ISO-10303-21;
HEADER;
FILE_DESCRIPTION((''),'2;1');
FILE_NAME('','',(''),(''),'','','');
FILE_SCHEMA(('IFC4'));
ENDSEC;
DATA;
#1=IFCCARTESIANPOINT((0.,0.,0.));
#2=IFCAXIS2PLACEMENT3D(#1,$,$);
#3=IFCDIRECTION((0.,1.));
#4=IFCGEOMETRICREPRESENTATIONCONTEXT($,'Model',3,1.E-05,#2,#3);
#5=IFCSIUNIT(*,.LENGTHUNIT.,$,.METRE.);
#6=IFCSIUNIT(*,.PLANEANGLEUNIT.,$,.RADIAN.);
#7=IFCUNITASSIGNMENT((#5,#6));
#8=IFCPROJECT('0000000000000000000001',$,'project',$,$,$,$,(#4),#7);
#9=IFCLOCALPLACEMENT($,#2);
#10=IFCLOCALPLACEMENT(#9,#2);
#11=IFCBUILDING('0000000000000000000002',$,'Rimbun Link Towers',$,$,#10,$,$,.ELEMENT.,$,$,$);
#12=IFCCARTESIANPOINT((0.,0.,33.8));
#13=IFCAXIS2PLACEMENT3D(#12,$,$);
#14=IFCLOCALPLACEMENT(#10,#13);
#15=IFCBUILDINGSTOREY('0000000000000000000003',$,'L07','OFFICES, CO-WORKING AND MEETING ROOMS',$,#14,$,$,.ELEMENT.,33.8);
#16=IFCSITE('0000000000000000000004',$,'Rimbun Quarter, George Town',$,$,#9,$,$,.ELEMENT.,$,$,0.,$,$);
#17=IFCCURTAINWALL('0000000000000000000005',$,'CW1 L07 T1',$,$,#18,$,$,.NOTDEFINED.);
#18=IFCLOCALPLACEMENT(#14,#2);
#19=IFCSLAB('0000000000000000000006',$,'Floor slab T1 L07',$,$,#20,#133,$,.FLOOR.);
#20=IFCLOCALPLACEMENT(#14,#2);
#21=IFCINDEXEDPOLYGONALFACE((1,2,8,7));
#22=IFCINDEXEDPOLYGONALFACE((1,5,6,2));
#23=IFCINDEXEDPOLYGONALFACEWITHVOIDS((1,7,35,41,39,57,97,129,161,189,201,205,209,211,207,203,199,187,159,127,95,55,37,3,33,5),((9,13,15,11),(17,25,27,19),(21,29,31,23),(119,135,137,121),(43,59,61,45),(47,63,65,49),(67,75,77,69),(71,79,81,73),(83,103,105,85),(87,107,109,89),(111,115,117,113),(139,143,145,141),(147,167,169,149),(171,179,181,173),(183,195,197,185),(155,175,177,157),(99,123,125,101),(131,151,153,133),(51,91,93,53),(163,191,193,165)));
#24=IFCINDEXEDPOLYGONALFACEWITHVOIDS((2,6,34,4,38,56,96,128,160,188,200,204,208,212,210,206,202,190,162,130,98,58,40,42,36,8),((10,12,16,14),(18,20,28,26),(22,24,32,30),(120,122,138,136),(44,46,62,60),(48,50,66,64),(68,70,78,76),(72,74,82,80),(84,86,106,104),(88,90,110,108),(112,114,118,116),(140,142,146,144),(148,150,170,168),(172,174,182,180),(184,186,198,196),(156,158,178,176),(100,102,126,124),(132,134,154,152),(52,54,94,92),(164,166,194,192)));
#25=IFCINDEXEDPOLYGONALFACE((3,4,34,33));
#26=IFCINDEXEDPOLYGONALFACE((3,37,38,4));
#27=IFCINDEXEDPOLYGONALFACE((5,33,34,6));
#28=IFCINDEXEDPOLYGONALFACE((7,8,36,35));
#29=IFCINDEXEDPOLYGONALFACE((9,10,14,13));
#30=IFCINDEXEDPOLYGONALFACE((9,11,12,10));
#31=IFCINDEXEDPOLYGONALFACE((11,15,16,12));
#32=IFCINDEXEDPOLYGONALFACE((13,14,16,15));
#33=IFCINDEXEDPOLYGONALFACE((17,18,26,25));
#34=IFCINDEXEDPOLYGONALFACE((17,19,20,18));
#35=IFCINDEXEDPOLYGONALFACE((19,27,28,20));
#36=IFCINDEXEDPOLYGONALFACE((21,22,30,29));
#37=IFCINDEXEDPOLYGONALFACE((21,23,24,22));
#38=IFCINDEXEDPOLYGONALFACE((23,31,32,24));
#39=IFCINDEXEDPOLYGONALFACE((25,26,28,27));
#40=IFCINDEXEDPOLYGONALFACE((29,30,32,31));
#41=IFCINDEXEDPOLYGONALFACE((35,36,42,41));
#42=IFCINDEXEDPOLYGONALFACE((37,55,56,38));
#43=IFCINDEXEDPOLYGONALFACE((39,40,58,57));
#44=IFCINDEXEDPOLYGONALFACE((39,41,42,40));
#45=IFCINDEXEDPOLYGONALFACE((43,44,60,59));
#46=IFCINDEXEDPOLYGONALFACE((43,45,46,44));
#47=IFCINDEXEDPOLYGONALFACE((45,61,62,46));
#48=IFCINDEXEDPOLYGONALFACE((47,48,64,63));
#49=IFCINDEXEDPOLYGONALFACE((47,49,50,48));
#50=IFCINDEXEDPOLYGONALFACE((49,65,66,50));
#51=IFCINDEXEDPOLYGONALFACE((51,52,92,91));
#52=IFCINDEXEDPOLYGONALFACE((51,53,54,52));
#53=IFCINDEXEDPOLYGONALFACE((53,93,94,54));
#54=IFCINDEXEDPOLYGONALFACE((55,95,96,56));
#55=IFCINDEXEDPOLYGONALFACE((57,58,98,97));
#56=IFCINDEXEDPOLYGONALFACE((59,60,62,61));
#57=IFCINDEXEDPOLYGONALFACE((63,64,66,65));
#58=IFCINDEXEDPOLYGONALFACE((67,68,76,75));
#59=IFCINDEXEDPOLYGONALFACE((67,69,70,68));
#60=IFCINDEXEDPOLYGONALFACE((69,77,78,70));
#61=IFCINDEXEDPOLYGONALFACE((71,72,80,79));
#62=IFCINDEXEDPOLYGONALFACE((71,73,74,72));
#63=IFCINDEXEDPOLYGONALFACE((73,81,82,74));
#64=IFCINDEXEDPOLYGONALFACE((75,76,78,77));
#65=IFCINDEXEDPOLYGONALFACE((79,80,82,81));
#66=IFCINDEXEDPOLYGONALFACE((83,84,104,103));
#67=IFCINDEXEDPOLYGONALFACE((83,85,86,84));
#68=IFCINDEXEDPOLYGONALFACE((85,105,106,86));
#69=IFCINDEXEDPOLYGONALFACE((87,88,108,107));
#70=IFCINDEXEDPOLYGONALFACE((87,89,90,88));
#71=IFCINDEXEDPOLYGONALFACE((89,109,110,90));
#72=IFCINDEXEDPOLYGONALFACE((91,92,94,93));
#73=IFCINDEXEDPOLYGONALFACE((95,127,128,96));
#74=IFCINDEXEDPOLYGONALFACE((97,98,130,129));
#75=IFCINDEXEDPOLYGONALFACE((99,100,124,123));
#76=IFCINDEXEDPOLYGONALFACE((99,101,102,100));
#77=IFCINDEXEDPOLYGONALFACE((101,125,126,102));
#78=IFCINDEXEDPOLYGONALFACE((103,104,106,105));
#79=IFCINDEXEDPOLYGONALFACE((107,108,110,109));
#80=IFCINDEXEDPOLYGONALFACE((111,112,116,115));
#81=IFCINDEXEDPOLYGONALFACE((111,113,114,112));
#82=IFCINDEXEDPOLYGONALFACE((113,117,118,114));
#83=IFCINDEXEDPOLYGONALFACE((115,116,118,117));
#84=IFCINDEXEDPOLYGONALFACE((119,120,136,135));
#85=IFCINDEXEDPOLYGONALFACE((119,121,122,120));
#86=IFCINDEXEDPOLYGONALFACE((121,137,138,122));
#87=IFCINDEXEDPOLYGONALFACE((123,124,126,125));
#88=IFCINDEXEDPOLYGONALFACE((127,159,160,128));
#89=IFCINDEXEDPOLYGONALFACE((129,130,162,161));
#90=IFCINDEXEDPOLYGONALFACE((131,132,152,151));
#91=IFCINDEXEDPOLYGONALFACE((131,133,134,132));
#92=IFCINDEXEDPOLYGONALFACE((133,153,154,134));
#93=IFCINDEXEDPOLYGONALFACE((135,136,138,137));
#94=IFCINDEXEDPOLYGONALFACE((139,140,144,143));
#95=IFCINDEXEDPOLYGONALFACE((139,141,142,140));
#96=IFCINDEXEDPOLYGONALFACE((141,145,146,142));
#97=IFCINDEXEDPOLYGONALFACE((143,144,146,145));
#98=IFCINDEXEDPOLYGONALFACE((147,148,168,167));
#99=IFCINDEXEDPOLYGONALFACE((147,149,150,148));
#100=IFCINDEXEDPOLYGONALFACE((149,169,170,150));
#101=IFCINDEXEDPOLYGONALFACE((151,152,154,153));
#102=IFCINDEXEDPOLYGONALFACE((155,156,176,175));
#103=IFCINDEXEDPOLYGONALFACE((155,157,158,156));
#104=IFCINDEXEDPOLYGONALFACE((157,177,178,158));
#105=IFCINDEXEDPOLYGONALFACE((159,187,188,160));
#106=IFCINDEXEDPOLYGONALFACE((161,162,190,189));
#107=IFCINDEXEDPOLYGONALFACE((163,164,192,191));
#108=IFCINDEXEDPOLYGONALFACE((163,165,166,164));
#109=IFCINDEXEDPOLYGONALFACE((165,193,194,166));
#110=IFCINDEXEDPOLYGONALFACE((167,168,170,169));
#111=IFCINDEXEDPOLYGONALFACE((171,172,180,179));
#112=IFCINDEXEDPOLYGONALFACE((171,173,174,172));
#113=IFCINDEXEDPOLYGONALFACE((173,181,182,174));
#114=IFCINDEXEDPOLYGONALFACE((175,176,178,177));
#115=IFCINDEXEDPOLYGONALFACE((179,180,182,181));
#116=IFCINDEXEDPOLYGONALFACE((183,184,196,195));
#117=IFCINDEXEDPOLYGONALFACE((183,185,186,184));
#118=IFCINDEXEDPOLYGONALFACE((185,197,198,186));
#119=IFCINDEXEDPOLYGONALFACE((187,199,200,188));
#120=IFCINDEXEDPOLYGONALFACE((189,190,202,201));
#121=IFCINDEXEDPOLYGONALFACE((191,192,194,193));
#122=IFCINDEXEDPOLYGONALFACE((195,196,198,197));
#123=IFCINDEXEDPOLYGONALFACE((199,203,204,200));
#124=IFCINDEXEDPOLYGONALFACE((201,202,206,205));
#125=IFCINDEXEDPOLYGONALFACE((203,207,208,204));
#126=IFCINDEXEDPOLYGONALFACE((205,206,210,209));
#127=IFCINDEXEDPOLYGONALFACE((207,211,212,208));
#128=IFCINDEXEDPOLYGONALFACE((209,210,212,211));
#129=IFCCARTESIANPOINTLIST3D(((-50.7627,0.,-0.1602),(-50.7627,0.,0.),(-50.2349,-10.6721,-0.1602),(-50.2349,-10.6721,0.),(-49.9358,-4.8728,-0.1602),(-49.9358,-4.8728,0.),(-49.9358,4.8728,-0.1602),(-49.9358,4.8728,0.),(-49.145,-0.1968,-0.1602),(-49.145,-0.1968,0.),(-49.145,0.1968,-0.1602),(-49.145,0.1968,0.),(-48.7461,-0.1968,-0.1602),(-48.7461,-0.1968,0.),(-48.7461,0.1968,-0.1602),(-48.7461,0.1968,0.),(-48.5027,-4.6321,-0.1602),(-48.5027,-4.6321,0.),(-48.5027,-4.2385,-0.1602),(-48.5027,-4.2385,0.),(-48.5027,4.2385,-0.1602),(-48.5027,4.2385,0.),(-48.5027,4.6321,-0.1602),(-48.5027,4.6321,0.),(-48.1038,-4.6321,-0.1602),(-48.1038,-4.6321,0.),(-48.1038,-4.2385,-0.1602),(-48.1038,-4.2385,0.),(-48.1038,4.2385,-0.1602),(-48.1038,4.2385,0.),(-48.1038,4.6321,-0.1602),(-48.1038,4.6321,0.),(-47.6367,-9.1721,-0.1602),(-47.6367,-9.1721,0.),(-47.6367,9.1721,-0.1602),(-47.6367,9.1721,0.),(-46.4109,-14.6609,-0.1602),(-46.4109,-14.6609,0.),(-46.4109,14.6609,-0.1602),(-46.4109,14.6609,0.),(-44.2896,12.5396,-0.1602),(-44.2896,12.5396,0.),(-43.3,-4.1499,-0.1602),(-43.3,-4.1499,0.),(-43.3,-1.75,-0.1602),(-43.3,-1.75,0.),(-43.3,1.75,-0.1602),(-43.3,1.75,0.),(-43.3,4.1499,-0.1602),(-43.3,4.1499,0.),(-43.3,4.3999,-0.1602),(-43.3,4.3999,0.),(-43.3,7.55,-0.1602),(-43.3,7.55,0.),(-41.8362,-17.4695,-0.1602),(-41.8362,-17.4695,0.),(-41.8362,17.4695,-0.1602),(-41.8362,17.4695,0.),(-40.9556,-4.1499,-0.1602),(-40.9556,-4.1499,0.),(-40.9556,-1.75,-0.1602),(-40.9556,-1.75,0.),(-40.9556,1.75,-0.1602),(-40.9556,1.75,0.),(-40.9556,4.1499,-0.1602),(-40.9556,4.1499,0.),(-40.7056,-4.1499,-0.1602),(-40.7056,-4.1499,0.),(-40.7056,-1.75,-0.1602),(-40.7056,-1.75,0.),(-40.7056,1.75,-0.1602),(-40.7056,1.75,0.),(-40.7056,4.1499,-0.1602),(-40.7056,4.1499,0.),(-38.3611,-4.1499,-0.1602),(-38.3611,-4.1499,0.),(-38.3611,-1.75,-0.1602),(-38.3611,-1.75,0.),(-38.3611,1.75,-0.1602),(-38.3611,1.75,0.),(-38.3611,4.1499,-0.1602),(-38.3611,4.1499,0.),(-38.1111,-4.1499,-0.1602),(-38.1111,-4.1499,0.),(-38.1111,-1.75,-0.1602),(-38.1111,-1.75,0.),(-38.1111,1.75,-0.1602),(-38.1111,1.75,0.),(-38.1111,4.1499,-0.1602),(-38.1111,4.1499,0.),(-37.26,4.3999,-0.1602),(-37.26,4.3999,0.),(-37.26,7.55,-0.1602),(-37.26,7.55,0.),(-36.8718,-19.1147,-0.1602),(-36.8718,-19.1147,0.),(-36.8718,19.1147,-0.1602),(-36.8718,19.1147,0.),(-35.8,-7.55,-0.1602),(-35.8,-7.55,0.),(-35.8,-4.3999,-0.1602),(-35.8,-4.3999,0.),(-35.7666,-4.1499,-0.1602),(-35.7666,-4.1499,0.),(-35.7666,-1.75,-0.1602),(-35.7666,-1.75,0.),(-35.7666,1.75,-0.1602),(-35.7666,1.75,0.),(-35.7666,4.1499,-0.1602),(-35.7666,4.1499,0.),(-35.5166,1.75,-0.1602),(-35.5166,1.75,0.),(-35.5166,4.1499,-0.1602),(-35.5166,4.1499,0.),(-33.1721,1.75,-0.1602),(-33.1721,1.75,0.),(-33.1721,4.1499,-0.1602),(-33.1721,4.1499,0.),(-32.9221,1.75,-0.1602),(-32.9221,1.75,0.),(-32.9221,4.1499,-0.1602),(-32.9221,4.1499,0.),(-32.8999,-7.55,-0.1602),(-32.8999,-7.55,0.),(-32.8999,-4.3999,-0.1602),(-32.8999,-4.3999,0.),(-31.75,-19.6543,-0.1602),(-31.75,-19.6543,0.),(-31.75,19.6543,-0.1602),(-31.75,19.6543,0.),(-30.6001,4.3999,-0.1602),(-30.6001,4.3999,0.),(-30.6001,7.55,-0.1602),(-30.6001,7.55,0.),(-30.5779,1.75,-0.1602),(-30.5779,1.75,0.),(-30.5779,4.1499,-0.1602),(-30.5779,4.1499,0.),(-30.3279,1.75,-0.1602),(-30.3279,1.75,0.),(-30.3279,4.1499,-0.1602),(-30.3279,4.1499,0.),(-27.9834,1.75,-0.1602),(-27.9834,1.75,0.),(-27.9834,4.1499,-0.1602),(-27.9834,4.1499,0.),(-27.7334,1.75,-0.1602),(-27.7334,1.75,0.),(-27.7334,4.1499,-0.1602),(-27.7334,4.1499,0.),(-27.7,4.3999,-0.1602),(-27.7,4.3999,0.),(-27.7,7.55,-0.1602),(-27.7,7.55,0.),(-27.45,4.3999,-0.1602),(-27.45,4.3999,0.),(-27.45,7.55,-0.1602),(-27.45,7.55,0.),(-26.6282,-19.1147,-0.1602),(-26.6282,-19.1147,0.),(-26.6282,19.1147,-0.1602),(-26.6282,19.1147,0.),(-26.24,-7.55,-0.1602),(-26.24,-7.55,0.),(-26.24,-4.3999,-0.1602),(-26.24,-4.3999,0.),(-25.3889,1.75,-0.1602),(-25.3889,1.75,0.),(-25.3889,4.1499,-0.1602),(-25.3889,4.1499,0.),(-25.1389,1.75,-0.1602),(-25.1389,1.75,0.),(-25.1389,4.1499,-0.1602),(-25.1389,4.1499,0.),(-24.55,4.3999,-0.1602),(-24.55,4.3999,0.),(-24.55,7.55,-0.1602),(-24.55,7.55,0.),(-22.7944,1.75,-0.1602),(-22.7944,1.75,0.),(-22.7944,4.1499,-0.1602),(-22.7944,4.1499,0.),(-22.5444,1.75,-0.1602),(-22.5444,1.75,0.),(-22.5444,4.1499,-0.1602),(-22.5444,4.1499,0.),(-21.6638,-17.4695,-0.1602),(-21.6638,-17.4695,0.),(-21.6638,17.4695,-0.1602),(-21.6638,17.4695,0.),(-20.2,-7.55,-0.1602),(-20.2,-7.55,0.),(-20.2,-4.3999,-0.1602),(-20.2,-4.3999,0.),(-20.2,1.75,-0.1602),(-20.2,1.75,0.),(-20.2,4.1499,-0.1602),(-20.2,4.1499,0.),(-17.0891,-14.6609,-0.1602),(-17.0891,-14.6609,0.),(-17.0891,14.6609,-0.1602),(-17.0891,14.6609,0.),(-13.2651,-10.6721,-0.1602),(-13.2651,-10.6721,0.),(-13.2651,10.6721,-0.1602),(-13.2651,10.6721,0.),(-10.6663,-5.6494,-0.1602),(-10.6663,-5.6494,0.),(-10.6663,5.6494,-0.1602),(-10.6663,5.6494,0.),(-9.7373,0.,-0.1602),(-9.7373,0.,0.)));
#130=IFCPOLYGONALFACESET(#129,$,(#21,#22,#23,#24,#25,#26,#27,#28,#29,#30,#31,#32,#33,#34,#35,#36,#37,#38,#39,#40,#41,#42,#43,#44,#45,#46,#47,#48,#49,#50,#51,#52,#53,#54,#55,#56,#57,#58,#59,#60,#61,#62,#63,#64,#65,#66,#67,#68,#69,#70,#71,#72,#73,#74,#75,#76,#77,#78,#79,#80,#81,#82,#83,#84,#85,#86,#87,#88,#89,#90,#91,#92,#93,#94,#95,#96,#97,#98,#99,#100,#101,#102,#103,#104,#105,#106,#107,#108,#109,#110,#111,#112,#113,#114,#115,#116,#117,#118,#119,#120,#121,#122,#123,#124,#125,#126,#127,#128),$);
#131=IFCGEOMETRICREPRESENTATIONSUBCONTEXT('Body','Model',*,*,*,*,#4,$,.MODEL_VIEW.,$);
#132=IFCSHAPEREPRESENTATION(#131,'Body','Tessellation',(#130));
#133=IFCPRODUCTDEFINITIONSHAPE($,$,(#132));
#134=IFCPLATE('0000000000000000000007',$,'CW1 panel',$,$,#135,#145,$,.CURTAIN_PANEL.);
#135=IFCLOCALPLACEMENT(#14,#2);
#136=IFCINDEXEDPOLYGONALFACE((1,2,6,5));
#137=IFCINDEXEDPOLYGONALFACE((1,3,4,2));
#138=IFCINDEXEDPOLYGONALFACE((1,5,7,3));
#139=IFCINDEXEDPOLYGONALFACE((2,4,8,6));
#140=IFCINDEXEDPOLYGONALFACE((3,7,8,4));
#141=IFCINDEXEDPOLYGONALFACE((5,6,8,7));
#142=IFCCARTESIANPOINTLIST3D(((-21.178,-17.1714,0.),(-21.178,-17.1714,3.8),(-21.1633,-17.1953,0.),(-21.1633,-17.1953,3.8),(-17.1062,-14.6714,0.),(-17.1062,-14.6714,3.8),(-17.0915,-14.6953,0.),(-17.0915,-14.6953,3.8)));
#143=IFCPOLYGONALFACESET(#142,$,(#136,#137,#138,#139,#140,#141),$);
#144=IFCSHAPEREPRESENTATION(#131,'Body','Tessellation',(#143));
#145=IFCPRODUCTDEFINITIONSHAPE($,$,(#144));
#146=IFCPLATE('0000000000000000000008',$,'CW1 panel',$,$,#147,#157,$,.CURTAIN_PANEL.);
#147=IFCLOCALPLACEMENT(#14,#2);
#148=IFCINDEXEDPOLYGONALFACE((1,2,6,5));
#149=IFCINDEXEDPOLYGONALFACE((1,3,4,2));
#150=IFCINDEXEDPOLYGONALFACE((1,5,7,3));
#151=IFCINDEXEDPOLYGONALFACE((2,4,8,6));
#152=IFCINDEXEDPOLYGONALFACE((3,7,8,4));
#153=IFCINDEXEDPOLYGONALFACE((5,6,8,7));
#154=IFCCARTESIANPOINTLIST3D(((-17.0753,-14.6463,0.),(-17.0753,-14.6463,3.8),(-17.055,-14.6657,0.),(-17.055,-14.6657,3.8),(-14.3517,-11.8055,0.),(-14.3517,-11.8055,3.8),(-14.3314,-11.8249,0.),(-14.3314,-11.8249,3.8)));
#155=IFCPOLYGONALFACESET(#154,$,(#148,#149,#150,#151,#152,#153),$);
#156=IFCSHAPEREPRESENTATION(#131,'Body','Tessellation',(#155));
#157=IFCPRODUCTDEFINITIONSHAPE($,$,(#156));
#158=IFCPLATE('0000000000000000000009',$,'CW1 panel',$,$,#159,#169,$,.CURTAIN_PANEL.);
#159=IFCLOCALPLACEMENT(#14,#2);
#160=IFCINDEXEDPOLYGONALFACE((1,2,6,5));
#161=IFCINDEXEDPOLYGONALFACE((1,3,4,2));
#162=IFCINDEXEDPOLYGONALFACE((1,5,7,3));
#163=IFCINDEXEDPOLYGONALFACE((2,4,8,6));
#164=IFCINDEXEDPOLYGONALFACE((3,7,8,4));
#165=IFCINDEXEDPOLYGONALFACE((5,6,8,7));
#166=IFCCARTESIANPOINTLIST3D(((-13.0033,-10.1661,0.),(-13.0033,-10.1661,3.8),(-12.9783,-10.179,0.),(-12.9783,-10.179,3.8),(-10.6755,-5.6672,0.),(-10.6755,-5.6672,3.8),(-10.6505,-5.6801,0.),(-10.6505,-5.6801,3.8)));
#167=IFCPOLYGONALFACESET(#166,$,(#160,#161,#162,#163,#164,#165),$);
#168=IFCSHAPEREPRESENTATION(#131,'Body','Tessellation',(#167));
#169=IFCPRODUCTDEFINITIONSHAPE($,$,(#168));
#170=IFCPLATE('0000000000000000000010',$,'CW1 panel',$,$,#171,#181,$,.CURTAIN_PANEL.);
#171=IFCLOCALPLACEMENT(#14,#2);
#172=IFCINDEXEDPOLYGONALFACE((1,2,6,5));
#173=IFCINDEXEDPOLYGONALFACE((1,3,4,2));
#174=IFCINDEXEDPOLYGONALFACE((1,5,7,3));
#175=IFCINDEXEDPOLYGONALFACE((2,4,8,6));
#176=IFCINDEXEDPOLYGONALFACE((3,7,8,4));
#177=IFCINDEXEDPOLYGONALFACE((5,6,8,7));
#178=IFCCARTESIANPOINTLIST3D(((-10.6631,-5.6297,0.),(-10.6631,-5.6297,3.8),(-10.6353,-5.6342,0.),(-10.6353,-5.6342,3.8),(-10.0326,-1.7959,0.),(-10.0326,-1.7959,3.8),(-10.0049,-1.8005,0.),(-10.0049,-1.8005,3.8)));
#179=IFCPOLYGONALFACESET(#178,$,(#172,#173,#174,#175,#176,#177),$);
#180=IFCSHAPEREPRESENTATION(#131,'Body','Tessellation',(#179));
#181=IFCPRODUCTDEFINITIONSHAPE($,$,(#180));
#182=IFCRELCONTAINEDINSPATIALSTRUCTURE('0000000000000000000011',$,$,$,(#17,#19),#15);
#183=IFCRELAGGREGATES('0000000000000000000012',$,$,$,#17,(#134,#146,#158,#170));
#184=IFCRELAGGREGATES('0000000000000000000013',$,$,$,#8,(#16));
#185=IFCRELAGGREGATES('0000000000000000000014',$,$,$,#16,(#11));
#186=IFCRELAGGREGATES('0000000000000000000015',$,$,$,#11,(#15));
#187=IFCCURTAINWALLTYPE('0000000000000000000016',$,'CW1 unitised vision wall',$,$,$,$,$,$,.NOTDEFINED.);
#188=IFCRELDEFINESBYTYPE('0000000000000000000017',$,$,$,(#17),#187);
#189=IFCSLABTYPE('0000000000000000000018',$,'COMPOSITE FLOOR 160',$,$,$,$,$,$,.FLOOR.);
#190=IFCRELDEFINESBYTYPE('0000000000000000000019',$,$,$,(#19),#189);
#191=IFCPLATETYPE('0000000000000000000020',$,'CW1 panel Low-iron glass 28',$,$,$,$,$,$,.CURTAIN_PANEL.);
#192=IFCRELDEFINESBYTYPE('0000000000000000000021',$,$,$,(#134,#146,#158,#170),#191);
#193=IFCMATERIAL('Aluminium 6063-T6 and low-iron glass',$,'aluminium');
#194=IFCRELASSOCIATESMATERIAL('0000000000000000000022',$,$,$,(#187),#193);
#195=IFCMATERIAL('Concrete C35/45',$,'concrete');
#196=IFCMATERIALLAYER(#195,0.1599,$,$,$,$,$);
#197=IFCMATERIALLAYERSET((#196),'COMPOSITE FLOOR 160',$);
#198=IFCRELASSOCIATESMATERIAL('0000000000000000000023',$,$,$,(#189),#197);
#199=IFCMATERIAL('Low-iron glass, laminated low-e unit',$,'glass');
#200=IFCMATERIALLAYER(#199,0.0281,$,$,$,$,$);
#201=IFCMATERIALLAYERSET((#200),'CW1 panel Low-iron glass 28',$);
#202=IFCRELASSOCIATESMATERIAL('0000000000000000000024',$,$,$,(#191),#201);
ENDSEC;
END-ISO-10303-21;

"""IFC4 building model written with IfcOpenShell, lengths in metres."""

from ifc_helpers import new_model, si_unit, direction, frame, origin, origin_2d, place, context, subcontext, project, spatial, polyline, rectangle, outline, extrude, material, layer, layer_set, type_object, element, aggregate, save


model = new_model("IFC4")

# Units and contexts
model_context = context("Model", 3, precision=1e-05, world=origin(), true_north=direction((0.0, 1.0)))
body_context = subcontext(model_context, "Body", "Model", "MODEL_VIEW")
ifc_project = project(units=[si_unit("LENGTHUNIT", "METRE"), si_unit("PLANEANGLEUNIT", "RADIAN")], contexts=[model_context])

# Site, building, storey
site_placement = place(None, origin())
site = spatial("IfcSite", under=ifc_project, at=site_placement, Name="Rimbun Quarter, George Town", CompositionType="ELEMENT", RefElevation=0.0)
building_placement = place(site_placement, origin())
building = spatial("IfcBuilding", under=site, at=building_placement, Name="Rimbun Link Towers", CompositionType="ELEMENT")
storey_placement = place(building_placement, frame((0.0, 0.0, 33.8)))
storey = spatial("IfcBuildingStorey", under=building, at=storey_placement, Name="L07", Description="OFFICES, CO-WORKING AND MEETING ROOMS", CompositionType="ELEMENT", Elevation=33.8)

# Curtain wall
ifc_material_1 = material(Name="Aluminium 6063-T6 and low-iron glass", Category="aluminium")
curtain_wall_type = type_object("IfcCurtainWallType", Name="CW1 unitised vision wall", PredefinedType="NOTDEFINED", material=ifc_material_1)
curtain_wall_placement = place(storey_placement, origin())
curtain_wall = element("IfcCurtainWall", 1, at=curtain_wall_placement, inside=storey, type_object=curtain_wall_type, Name="CW1 L07 T1", PredefinedType="NOTDEFINED")

# Slab
ifc_material_2 = material(Name="Concrete C35/45", Category="concrete")
ifc_layer_1 = layer(ifc_material_2, 0.1599)
ifc_layer_set_1 = layer_set([ifc_layer_1], Name="COMPOSITE FLOOR 160")
slab_type = type_object("IfcSlabType", Name="COMPOSITE FLOOR 160", PredefinedType="FLOOR", material=ifc_layer_set_1)
slab_placement = place(storey_placement, frame((0.0, 0.0, -0.1602)))
element("IfcSlab", 2, at=slab_placement, inside=storey, type_object=slab_type, Name="Floor slab T1 L07", PredefinedType="FLOOR", context=body_context, shape_type="SweptSolid", body=[
    extrude(outline(polyline([(-41.8362, 17.4695), (-36.8718, 19.1147), (-31.75, 19.6543), (-26.6282, 19.1147), (-21.6638, 17.4695), (-17.0891, 14.6609), (-13.2651, 10.6721), (-10.6663, 5.6494), (-9.7373, 0.0), (-10.6663, -5.6494), (-13.2651, -10.6721), (-17.0891, -14.6609), (-21.6638, -17.4695), (-26.6282, -19.1147), (-31.75, -19.6543), (-36.8718, -19.1147), (-41.8362, -17.4695), (-46.4109, -14.6609), (-50.2349, -10.6721), (-47.6367, -9.1721), (-49.9358, -4.8728), (-50.7627, 0.0), (-49.9358, 4.8728), (-47.6367, 9.1721), (-44.2896, 12.5396), (-46.4109, 14.6609), (-41.8362, 17.4695)]), holes=[polyline([(-48.1038, -4.6321), (-48.1038, -4.2385), (-48.5027, -4.2385), (-48.5027, -4.6321), (-48.1038, -4.6321)]), polyline([(-40.9556, -4.1499), (-40.9556, -1.75), (-43.3, -1.75), (-43.3, -4.1499), (-40.9556, -4.1499)]), polyline([(-38.3611, -4.1499), (-38.3611, -1.75), (-40.7056, -1.75), (-40.7056, -4.1499), (-38.3611, -4.1499)]), polyline([(-38.1111, -4.1499), (-35.7666, -4.1499), (-35.7666, -1.75), (-38.1111, -1.75), (-38.1111, -4.1499)]), polyline([(-49.145, -0.1968), (-48.7461, -0.1968), (-48.7461, 0.1968), (-49.145, 0.1968), (-49.145, -0.1968)]), polyline([(-40.9556, 1.75), (-40.9556, 4.1499), (-43.3, 4.1499), (-43.3, 1.75), (-40.9556, 1.75)]), polyline([(-38.3611, 1.75), (-38.3611, 4.1499), (-40.7056, 4.1499), (-40.7056, 1.75), (-38.3611, 1.75)]), polyline([(-35.7666, 1.75), (-35.7666, 4.1499), (-38.1111, 4.1499), (-38.1111, 1.75), (-35.7666, 1.75)]), polyline([(-48.5027, 4.2385), (-48.1038, 4.2385), (-48.1038, 4.6321), (-48.5027, 4.6321), (-48.5027, 4.2385)]), polyline([(-43.3, 4.3999), (-37.26, 4.3999), (-37.26, 7.55), (-43.3, 7.55), (-43.3, 4.3999)]), polyline([(-32.8999, -7.55), (-32.8999, -4.3999), (-35.8, -4.3999), (-35.8, -7.55), (-32.8999, -7.55)]), polyline([(-20.2, -7.55), (-20.2, -4.3999), (-26.24, -4.3999), (-26.24, -7.55), (-20.2, -7.55)]), polyline([(-33.1721, 1.75), (-33.1721, 4.1499), (-35.5166, 4.1499), (-35.5166, 1.75), (-33.1721, 1.75)]), polyline([(-32.9221, 1.75), (-30.5779, 1.75), (-30.5779, 4.1499), (-32.9221, 4.1499), (-32.9221, 1.75)]), polyline([(-30.3279, 1.75), (-27.9834, 1.75), (-27.9834, 4.1499), (-30.3279, 4.1499), (-30.3279, 1.75)]), polyline([(-25.3889, 1.75), (-25.3889, 4.1499), (-27.7334, 4.1499), (-27.7334, 1.75), (-25.3889, 1.75)]), polyline([(-22.7944, 1.75), (-22.7944, 4.1499), (-25.1389, 4.1499), (-25.1389, 1.75), (-22.7944, 1.75)]), polyline([(-20.2, 1.75), (-20.2, 4.1499), (-22.5444, 4.1499), (-22.5444, 1.75), (-20.2, 1.75)]), polyline([(-30.6001, 4.3999), (-27.7, 4.3999), (-27.7, 7.55), (-30.6001, 7.55), (-30.6001, 4.3999)]), polyline([(-27.45, 4.3999), (-24.55, 4.3999), (-24.55, 7.55), (-27.45, 7.55), (-27.45, 4.3999)])]), origin(), (0.0, 0.0, 1.0), 0.1602),
])

# Plates
ifc_material_3 = material(Name="Low-iron glass, laminated low-e unit", Category="glass")
ifc_layer_2 = layer(ifc_material_3, 0.0281)
ifc_layer_set_2 = layer_set([ifc_layer_2], Name="CW1 panel Low-iron glass 28")
plate_type = type_object("IfcPlateType", Name="CW1 panel Low-iron glass 28", PredefinedType="CURTAIN_PANEL", material=ifc_layer_set_2)
plate_1_placement = place(storey_placement, frame((-19.1348, -15.9333, 0.0), z_axis=(0.0, 0.0, 1.0), x_axis=(-0.85219, -0.523232, 0.0)))
plate_1 = element("IfcPlate", 3, at=plate_1_placement, type_object=plate_type, Name="CW1 panel", PredefinedType="CURTAIN_PANEL", context=body_context, shape_type="SweptSolid", body=[
    extrude(rectangle(XDim=4.7781, YDim=0.0281, at=origin_2d()), origin(), (0.0, 0.0, 1.0), 3.8),
])
plate_2_placement = place(storey_placement, frame((-15.7034, -13.2356, 0.0), z_axis=(0.0, 0.0, 1.0), x_axis=(-0.692056, -0.721844, 0.0)))
plate_2 = element("IfcPlate", 4, at=plate_2_placement, type_object=plate_type, Name="CW1 panel", PredefinedType="CURTAIN_PANEL", context=body_context, shape_type="SweptSolid", body=[
    extrude(rectangle(XDim=3.9355, YDim=0.0281, at=origin_2d()), origin(), (0.0, 0.0, 1.0), 3.8),
])
plate_3_placement = place(storey_placement, frame((-11.8269, -7.9231, 0.0), z_axis=(0.0, 0.0, 1.0), x_axis=(-0.459548, -0.888153, 0.0)))
plate_3 = element("IfcPlate", 5, at=plate_3_placement, type_object=plate_type, Name="CW1 panel", PredefinedType="CURTAIN_PANEL", context=body_context, shape_type="SweptSolid", body=[
    extrude(rectangle(XDim=5.0654, YDim=0.0281, at=origin_2d()), origin(), (0.0, 0.0, 1.0), 3.8),
])
plate_4_placement = place(storey_placement, frame((-10.334, -3.7151, 0.0), z_axis=(0.0, 0.0, 1.0), x_axis=(-0.162263, -0.986748, 0.0)))
plate_4 = element("IfcPlate", 6, at=plate_4_placement, type_object=plate_type, Name="CW1 panel", PredefinedType="CURTAIN_PANEL", context=body_context, shape_type="SweptSolid", body=[
    extrude(rectangle(XDim=3.8853, YDim=0.0281, at=origin_2d()), origin(), (0.0, 0.0, 1.0), 3.8),
])
aggregate(curtain_wall, [plate_1, plate_2, plate_3, plate_4])

save(model, "model.ifc")
